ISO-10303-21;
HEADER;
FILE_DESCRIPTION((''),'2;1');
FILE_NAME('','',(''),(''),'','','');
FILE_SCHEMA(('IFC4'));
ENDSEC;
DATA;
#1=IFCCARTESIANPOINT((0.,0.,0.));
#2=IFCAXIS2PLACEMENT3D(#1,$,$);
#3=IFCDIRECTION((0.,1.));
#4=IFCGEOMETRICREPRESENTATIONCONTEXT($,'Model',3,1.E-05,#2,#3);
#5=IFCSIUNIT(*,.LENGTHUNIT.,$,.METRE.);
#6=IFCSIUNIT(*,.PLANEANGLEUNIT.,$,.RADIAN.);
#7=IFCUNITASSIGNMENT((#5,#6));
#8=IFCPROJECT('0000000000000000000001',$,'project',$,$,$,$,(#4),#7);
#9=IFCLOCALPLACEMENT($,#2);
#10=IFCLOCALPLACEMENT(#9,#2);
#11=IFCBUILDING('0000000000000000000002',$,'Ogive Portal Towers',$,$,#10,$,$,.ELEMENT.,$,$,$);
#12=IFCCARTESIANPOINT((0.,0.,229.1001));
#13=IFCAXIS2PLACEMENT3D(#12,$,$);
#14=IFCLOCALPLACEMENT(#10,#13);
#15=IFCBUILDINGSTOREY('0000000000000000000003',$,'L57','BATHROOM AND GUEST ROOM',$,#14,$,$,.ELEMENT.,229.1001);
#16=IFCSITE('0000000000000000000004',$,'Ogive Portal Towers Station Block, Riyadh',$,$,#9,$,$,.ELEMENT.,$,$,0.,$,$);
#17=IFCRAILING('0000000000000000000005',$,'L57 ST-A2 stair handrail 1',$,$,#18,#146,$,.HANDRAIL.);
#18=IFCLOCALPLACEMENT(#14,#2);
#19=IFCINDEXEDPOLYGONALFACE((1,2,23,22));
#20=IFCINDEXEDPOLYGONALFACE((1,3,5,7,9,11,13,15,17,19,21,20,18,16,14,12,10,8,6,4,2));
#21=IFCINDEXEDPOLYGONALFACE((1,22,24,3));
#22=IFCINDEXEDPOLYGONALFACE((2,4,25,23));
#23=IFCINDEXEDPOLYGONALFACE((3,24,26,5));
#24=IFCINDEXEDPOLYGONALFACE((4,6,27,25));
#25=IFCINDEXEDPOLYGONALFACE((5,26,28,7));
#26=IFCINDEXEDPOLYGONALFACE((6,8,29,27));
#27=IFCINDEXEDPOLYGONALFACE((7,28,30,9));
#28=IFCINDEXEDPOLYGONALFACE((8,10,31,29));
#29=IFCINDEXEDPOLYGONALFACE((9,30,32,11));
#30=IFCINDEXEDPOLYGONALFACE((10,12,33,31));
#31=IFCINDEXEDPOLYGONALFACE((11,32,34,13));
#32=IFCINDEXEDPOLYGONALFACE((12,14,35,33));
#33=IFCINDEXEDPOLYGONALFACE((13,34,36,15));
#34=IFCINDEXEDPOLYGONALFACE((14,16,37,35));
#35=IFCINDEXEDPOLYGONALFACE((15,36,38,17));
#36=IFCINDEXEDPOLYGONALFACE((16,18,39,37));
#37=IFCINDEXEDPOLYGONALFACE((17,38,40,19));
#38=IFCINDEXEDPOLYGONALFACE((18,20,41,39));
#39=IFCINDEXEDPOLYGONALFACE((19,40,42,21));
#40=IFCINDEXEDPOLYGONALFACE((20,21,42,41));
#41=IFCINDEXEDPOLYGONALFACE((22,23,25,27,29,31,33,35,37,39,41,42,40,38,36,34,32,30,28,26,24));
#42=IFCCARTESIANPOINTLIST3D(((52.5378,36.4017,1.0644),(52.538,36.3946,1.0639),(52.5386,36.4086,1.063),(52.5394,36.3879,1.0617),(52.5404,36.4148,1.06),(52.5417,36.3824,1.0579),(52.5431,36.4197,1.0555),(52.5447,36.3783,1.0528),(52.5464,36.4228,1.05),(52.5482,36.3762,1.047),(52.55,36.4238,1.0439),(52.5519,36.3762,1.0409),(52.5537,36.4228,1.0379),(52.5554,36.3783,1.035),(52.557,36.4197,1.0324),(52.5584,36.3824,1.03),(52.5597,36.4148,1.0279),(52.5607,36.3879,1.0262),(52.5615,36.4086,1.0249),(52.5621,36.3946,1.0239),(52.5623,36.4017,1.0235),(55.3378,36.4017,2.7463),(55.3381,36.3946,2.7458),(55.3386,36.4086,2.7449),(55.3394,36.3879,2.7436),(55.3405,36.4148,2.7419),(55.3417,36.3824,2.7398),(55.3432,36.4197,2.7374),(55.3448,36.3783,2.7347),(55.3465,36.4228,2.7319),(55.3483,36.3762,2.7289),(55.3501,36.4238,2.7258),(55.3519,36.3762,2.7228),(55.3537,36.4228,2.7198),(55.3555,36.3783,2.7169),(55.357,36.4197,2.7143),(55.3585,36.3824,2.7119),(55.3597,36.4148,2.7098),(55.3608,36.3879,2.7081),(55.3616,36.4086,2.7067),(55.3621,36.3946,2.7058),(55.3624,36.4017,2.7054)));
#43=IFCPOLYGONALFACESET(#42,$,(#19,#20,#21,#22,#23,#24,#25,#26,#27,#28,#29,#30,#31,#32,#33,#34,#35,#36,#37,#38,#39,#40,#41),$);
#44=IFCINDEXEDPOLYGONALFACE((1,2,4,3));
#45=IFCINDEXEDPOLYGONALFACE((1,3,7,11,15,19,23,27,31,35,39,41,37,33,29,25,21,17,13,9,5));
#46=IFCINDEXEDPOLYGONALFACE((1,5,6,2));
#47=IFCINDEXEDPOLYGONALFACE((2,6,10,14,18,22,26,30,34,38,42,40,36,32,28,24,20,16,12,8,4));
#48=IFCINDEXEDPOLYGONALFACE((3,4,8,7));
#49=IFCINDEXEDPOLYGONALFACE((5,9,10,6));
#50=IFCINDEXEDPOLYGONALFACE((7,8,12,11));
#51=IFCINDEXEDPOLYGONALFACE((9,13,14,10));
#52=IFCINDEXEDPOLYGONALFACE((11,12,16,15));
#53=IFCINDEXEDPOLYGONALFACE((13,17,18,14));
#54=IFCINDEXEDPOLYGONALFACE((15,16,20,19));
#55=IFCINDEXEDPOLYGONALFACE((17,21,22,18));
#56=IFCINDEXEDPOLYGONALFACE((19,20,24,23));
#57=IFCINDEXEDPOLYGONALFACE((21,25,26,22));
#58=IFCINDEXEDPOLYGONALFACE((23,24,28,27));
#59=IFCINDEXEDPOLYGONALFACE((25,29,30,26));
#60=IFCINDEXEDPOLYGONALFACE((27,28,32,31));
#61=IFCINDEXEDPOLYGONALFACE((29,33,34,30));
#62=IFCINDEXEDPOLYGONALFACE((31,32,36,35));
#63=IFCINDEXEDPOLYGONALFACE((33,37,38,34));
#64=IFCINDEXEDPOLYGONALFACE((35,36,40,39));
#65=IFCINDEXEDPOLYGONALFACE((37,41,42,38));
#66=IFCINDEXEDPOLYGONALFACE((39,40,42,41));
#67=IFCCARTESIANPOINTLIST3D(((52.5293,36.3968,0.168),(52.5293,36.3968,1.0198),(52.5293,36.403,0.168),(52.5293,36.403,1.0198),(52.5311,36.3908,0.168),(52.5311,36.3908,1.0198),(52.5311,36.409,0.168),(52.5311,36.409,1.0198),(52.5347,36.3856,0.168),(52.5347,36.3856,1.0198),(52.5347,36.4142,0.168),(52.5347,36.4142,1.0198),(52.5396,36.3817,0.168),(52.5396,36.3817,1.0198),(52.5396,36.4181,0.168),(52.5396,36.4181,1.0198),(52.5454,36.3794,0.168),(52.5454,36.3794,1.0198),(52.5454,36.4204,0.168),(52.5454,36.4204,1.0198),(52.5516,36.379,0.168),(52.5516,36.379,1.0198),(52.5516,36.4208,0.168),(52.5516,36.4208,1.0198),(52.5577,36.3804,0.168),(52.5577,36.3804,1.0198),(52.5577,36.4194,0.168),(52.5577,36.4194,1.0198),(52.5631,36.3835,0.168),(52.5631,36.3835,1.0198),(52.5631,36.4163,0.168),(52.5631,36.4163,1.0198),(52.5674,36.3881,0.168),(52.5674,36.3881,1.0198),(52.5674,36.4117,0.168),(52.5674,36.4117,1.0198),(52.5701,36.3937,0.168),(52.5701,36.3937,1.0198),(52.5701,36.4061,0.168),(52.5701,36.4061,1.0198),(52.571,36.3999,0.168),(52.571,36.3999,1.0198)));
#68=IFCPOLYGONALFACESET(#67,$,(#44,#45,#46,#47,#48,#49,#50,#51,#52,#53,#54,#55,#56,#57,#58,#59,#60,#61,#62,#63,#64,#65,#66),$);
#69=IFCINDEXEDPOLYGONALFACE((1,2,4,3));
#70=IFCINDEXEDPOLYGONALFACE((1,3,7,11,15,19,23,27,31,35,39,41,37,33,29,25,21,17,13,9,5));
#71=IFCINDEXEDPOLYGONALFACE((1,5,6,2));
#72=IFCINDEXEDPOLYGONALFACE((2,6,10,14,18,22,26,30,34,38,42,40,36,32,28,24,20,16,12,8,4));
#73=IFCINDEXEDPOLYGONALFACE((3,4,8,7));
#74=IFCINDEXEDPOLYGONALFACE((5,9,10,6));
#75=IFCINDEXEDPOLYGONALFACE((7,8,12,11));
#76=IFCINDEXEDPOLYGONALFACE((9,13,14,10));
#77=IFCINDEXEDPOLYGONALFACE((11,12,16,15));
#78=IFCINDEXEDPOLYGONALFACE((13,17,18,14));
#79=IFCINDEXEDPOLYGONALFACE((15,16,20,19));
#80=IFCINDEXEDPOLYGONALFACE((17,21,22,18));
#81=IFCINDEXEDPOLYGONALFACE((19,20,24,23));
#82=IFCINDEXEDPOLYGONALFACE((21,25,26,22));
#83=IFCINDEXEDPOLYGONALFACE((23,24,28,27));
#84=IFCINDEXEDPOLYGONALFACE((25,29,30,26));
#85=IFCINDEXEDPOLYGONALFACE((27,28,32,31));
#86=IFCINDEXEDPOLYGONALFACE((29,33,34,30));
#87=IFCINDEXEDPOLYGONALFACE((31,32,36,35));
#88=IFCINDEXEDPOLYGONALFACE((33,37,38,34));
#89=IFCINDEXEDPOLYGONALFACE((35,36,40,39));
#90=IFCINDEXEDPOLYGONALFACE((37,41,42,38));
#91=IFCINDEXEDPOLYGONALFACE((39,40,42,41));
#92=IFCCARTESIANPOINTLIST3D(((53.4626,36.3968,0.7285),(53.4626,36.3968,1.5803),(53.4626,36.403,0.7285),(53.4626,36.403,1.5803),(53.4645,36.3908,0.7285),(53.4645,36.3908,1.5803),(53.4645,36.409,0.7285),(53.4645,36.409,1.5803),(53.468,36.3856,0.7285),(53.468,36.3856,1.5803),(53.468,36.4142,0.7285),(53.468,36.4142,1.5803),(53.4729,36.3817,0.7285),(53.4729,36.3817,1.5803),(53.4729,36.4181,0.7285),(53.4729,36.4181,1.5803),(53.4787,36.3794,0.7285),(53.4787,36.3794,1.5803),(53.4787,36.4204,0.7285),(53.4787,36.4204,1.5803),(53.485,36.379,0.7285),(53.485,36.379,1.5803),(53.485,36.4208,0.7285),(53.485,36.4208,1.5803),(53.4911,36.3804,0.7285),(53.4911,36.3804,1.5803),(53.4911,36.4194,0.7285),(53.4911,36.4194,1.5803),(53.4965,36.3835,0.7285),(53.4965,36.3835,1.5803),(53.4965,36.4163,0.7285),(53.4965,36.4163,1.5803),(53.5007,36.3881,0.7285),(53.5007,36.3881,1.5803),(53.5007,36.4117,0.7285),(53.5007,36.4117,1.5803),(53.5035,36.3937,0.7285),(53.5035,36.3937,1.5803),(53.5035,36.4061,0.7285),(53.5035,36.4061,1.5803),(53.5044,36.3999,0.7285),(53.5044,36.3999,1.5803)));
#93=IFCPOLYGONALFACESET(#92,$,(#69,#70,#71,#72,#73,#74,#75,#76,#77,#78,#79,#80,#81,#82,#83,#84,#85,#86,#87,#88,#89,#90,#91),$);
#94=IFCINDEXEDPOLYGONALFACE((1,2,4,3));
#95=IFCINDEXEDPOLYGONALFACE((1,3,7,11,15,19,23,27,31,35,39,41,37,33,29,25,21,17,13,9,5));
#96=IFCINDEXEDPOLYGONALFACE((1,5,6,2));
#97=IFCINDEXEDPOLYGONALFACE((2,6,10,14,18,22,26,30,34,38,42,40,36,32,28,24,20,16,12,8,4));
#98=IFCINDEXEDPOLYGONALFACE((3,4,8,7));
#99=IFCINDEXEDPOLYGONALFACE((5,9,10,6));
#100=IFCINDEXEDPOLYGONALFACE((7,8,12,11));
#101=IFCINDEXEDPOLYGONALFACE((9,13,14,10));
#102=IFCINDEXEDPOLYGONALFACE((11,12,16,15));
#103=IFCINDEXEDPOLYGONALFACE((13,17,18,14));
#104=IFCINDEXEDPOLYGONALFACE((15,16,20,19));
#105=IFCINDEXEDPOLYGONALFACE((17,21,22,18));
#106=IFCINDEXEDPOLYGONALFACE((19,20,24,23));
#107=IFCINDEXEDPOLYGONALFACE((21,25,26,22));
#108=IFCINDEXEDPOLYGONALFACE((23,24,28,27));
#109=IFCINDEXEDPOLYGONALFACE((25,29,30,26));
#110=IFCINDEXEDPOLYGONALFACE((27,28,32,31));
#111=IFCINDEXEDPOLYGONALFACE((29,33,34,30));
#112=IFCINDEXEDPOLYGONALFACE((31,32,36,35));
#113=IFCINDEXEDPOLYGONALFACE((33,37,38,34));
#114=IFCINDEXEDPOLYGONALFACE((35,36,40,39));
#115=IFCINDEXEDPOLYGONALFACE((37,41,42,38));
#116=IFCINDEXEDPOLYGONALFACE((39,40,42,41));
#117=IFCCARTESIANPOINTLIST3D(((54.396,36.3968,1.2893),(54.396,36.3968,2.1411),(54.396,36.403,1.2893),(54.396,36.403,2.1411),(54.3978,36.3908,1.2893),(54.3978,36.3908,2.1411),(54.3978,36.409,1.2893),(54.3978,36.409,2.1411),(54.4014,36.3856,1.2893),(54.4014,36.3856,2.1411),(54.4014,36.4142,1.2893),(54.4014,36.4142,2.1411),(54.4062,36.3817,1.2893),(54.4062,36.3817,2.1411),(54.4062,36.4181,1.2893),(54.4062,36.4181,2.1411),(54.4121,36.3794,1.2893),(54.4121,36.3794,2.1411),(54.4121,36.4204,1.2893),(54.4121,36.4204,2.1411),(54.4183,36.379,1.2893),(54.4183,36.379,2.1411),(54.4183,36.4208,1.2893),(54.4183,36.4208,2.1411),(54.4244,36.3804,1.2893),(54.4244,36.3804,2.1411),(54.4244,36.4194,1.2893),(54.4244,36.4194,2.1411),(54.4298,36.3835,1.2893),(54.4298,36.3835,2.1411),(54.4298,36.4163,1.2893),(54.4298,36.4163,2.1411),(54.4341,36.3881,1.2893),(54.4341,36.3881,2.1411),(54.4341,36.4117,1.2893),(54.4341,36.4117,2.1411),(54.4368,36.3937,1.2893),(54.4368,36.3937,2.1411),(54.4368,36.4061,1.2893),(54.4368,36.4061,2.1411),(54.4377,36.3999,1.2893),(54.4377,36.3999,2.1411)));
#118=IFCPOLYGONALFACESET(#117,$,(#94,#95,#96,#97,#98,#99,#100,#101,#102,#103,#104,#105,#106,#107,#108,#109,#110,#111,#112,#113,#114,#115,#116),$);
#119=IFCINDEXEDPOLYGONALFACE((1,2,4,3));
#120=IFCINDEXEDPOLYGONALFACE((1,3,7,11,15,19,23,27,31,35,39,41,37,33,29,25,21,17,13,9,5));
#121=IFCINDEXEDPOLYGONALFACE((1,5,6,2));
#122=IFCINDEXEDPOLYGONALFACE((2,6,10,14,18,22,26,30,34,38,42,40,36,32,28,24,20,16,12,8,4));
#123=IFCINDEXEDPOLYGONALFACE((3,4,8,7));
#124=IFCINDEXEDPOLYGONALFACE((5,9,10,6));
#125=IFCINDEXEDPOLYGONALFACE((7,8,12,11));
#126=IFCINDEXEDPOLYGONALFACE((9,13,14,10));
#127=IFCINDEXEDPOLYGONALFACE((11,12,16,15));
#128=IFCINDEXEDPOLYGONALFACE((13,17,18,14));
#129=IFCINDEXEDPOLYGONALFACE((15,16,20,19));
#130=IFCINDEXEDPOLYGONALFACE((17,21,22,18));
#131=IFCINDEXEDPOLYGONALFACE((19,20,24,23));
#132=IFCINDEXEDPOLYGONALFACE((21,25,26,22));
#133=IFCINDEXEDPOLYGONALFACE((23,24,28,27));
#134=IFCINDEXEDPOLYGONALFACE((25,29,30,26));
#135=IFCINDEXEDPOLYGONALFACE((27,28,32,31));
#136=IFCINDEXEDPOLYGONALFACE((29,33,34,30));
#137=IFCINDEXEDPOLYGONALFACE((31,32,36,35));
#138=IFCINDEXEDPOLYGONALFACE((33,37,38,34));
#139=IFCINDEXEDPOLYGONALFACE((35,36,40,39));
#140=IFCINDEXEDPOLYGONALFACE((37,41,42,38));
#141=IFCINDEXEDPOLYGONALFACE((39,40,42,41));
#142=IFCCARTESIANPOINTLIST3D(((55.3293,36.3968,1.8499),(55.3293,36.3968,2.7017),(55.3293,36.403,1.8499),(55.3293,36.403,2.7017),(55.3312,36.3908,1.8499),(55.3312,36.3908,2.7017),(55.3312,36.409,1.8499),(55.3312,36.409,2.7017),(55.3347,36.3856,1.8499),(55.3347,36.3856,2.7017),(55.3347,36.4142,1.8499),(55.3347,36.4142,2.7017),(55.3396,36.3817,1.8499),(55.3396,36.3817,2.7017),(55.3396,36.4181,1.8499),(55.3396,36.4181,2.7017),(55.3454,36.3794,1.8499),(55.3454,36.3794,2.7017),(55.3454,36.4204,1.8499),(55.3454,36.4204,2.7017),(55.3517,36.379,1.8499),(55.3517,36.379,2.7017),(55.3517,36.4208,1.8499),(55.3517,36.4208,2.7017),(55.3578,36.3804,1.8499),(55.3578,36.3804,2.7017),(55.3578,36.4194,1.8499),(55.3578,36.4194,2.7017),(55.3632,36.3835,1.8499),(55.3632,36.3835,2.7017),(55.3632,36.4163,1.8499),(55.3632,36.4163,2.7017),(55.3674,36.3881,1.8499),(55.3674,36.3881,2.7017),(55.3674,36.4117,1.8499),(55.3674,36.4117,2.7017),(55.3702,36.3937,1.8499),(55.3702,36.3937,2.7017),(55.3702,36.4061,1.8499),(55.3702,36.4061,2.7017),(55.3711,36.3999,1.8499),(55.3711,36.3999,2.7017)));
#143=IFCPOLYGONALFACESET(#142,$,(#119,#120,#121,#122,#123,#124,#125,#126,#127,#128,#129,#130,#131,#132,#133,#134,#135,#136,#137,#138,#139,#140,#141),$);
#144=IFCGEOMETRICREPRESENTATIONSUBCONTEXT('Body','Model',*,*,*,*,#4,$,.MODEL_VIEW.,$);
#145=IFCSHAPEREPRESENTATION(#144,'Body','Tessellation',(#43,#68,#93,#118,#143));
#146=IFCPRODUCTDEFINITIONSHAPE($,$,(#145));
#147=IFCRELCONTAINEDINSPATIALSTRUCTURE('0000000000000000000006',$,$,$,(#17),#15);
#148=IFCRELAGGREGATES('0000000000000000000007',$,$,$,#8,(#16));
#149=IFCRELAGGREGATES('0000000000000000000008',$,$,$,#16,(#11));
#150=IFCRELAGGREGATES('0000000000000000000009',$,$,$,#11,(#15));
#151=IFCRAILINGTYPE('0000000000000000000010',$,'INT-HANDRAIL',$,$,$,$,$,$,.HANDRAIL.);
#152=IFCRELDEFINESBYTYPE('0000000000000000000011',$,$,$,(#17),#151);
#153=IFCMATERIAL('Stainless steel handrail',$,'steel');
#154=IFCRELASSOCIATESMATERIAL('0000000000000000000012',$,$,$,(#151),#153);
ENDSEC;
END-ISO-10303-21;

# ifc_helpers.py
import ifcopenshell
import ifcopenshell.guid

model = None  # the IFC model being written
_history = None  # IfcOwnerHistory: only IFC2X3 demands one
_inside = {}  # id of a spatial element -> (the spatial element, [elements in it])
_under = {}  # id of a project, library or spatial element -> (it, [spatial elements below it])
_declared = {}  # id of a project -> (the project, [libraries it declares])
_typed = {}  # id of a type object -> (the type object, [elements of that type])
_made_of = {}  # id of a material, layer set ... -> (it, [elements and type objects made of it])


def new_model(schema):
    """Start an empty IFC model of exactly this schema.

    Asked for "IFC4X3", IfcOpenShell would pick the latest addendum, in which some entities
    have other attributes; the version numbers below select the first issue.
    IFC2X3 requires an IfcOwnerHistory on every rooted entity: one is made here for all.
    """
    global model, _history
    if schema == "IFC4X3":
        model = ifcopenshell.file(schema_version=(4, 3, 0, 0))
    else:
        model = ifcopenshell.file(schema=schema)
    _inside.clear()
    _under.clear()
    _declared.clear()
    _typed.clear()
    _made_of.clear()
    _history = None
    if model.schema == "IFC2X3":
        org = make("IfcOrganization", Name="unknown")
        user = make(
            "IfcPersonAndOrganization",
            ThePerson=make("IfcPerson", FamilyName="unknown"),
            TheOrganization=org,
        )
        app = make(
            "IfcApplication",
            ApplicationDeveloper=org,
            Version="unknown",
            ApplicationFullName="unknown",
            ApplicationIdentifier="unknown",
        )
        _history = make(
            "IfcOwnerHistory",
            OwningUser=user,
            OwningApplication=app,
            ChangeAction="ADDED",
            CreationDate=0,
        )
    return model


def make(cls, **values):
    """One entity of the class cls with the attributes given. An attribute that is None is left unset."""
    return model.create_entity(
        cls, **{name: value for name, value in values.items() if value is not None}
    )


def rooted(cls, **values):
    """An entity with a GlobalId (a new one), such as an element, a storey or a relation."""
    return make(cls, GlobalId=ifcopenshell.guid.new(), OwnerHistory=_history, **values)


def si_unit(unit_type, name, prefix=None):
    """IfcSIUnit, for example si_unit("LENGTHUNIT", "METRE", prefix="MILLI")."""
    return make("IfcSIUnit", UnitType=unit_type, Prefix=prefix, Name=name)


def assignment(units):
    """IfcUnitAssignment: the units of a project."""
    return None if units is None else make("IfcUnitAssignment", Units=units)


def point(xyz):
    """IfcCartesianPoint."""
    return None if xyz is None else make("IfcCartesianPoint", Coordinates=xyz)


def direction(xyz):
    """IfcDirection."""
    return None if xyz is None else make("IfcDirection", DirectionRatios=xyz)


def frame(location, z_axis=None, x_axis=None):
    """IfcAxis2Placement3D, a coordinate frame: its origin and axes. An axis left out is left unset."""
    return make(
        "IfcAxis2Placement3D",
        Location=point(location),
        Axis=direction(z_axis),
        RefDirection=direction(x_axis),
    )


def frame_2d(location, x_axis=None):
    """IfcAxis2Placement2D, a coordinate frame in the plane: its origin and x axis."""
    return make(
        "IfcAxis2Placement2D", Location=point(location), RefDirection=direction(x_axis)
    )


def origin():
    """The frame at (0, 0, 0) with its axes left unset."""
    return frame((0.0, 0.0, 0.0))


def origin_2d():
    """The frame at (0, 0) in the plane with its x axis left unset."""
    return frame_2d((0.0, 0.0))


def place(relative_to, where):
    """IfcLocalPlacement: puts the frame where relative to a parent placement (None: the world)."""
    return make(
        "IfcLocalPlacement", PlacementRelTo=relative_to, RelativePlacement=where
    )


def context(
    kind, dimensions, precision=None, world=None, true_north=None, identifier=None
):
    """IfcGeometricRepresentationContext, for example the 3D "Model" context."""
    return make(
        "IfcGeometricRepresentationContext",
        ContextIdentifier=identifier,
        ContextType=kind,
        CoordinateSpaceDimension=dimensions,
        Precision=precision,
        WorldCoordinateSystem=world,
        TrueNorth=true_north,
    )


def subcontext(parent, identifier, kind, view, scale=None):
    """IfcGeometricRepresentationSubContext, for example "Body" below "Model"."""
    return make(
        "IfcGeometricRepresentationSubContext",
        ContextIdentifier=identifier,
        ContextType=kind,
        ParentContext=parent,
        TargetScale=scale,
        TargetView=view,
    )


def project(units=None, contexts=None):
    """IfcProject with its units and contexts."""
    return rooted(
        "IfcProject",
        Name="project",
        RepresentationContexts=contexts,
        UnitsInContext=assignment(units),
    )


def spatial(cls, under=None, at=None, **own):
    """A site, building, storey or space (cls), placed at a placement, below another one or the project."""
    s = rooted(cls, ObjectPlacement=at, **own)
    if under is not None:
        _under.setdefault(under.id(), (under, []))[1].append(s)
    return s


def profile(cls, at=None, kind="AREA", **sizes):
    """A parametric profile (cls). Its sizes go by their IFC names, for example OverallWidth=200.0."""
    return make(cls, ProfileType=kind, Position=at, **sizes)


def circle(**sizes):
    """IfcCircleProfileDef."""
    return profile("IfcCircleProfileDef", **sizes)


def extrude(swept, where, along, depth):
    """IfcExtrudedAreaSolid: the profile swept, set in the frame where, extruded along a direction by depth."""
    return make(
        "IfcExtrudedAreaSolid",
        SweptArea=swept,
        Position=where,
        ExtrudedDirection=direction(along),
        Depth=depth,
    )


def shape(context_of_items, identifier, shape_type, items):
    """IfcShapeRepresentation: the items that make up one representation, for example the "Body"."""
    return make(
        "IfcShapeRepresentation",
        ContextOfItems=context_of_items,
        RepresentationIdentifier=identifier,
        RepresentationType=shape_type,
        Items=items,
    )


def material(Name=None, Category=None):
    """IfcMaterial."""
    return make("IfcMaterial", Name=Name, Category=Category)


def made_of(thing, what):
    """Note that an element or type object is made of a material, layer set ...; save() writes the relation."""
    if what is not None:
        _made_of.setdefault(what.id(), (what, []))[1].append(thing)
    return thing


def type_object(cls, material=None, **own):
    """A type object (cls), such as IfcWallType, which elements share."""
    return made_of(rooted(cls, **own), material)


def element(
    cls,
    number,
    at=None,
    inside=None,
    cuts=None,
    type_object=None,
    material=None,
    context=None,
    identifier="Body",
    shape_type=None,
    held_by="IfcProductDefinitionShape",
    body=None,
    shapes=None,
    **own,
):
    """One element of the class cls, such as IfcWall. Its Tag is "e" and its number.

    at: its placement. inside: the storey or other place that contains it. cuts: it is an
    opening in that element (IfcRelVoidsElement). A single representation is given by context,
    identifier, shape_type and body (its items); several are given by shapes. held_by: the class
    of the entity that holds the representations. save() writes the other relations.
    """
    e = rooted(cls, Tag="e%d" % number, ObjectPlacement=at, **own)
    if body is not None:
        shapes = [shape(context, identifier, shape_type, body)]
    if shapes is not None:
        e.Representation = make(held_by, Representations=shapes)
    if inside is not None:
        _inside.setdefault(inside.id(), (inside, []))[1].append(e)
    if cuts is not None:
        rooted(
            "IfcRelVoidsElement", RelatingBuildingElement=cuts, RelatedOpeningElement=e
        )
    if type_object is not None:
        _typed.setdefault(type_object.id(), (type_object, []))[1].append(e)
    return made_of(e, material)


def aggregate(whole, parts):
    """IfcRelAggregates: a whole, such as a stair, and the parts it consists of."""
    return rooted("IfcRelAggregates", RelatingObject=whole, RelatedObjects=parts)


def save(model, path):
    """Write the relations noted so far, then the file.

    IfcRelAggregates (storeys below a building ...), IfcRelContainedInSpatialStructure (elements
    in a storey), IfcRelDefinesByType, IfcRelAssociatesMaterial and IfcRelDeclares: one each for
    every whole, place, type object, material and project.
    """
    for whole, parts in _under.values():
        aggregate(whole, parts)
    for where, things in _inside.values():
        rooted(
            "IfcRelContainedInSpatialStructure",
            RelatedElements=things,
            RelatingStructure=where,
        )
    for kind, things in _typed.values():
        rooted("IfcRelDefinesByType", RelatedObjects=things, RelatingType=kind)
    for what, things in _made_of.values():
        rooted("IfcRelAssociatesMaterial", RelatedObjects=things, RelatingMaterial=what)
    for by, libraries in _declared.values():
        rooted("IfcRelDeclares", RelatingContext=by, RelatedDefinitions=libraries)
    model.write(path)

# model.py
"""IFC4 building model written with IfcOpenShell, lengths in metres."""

from ifc_helpers import new_model, si_unit, direction, frame, origin, origin_2d, place, context, subcontext, project, spatial, circle, extrude, material, type_object, element, save


model = new_model("IFC4")

# Units and contexts
model_context = context("Model", 3, precision=1e-05, world=origin(), true_north=direction((0.0, 1.0)))
body_context = subcontext(model_context, "Body", "Model", "MODEL_VIEW")
ifc_project = project(units=[si_unit("LENGTHUNIT", "METRE"), si_unit("PLANEANGLEUNIT", "RADIAN")], contexts=[model_context])

# Site, building, storey
site_placement = place(None, origin())
site = spatial("IfcSite", under=ifc_project, at=site_placement, Name="Ogive Portal Towers Station Block, Riyadh", CompositionType="ELEMENT", RefElevation=0.0)
building_placement = place(site_placement, origin())
building = spatial("IfcBuilding", under=site, at=building_placement, Name="Ogive Portal Towers", CompositionType="ELEMENT")
storey_placement = place(building_placement, frame((0.0, 0.0, 229.1001)))
storey = spatial("IfcBuildingStorey", under=building, at=storey_placement, Name="L57", Description="BATHROOM AND GUEST ROOM", CompositionType="ELEMENT", Elevation=229.1001)

# Railing
ifc_material_1 = material(Name="Stainless steel handrail", Category="steel")
railing_type_1 = type_object("IfcRailingType", Name="INT-HANDRAIL", PredefinedType="HANDRAIL", material=ifc_material_1)
railing_1_placement = place(storey_placement, frame((52.55, 36.3999, 0.168)))
element("IfcRailing", 1, at=railing_1_placement, inside=storey, type_object=railing_type_1, Name="L57 ST-A2 stair handrail 1", PredefinedType="HANDRAIL", context=body_context, shape_type="SweptSolid", body=[
    extrude(circle(Radius=0.0239, at=origin_2d()), frame((0.0, 0.0, 0.876), z_axis=(0.857242, 0.0, 0.514913), x_axis=(0.0, 1.0, 0.0)), (0.0, 0.0, 1.0), 3.2664),
    extrude(circle(Radius=0.021, at=origin_2d()), origin(), (0.0, 0.0, 1.0), 0.8518),
    extrude(circle(Radius=0.021, at=origin_2d()), frame((0.9333, 0.0, 0.5605)), (0.0, 0.0, 1.0), 0.8518),
    extrude(circle(Radius=0.021, at=origin_2d()), frame((1.8667, 0.0, 1.1213)), (0.0, 0.0, 1.0), 0.8518),
    extrude(circle(Radius=0.021, at=origin_2d()), frame((2.8, 0.0, 1.6819)), (0.0, 0.0, 1.0), 0.8518),
])

save(model, "model.ifc")
